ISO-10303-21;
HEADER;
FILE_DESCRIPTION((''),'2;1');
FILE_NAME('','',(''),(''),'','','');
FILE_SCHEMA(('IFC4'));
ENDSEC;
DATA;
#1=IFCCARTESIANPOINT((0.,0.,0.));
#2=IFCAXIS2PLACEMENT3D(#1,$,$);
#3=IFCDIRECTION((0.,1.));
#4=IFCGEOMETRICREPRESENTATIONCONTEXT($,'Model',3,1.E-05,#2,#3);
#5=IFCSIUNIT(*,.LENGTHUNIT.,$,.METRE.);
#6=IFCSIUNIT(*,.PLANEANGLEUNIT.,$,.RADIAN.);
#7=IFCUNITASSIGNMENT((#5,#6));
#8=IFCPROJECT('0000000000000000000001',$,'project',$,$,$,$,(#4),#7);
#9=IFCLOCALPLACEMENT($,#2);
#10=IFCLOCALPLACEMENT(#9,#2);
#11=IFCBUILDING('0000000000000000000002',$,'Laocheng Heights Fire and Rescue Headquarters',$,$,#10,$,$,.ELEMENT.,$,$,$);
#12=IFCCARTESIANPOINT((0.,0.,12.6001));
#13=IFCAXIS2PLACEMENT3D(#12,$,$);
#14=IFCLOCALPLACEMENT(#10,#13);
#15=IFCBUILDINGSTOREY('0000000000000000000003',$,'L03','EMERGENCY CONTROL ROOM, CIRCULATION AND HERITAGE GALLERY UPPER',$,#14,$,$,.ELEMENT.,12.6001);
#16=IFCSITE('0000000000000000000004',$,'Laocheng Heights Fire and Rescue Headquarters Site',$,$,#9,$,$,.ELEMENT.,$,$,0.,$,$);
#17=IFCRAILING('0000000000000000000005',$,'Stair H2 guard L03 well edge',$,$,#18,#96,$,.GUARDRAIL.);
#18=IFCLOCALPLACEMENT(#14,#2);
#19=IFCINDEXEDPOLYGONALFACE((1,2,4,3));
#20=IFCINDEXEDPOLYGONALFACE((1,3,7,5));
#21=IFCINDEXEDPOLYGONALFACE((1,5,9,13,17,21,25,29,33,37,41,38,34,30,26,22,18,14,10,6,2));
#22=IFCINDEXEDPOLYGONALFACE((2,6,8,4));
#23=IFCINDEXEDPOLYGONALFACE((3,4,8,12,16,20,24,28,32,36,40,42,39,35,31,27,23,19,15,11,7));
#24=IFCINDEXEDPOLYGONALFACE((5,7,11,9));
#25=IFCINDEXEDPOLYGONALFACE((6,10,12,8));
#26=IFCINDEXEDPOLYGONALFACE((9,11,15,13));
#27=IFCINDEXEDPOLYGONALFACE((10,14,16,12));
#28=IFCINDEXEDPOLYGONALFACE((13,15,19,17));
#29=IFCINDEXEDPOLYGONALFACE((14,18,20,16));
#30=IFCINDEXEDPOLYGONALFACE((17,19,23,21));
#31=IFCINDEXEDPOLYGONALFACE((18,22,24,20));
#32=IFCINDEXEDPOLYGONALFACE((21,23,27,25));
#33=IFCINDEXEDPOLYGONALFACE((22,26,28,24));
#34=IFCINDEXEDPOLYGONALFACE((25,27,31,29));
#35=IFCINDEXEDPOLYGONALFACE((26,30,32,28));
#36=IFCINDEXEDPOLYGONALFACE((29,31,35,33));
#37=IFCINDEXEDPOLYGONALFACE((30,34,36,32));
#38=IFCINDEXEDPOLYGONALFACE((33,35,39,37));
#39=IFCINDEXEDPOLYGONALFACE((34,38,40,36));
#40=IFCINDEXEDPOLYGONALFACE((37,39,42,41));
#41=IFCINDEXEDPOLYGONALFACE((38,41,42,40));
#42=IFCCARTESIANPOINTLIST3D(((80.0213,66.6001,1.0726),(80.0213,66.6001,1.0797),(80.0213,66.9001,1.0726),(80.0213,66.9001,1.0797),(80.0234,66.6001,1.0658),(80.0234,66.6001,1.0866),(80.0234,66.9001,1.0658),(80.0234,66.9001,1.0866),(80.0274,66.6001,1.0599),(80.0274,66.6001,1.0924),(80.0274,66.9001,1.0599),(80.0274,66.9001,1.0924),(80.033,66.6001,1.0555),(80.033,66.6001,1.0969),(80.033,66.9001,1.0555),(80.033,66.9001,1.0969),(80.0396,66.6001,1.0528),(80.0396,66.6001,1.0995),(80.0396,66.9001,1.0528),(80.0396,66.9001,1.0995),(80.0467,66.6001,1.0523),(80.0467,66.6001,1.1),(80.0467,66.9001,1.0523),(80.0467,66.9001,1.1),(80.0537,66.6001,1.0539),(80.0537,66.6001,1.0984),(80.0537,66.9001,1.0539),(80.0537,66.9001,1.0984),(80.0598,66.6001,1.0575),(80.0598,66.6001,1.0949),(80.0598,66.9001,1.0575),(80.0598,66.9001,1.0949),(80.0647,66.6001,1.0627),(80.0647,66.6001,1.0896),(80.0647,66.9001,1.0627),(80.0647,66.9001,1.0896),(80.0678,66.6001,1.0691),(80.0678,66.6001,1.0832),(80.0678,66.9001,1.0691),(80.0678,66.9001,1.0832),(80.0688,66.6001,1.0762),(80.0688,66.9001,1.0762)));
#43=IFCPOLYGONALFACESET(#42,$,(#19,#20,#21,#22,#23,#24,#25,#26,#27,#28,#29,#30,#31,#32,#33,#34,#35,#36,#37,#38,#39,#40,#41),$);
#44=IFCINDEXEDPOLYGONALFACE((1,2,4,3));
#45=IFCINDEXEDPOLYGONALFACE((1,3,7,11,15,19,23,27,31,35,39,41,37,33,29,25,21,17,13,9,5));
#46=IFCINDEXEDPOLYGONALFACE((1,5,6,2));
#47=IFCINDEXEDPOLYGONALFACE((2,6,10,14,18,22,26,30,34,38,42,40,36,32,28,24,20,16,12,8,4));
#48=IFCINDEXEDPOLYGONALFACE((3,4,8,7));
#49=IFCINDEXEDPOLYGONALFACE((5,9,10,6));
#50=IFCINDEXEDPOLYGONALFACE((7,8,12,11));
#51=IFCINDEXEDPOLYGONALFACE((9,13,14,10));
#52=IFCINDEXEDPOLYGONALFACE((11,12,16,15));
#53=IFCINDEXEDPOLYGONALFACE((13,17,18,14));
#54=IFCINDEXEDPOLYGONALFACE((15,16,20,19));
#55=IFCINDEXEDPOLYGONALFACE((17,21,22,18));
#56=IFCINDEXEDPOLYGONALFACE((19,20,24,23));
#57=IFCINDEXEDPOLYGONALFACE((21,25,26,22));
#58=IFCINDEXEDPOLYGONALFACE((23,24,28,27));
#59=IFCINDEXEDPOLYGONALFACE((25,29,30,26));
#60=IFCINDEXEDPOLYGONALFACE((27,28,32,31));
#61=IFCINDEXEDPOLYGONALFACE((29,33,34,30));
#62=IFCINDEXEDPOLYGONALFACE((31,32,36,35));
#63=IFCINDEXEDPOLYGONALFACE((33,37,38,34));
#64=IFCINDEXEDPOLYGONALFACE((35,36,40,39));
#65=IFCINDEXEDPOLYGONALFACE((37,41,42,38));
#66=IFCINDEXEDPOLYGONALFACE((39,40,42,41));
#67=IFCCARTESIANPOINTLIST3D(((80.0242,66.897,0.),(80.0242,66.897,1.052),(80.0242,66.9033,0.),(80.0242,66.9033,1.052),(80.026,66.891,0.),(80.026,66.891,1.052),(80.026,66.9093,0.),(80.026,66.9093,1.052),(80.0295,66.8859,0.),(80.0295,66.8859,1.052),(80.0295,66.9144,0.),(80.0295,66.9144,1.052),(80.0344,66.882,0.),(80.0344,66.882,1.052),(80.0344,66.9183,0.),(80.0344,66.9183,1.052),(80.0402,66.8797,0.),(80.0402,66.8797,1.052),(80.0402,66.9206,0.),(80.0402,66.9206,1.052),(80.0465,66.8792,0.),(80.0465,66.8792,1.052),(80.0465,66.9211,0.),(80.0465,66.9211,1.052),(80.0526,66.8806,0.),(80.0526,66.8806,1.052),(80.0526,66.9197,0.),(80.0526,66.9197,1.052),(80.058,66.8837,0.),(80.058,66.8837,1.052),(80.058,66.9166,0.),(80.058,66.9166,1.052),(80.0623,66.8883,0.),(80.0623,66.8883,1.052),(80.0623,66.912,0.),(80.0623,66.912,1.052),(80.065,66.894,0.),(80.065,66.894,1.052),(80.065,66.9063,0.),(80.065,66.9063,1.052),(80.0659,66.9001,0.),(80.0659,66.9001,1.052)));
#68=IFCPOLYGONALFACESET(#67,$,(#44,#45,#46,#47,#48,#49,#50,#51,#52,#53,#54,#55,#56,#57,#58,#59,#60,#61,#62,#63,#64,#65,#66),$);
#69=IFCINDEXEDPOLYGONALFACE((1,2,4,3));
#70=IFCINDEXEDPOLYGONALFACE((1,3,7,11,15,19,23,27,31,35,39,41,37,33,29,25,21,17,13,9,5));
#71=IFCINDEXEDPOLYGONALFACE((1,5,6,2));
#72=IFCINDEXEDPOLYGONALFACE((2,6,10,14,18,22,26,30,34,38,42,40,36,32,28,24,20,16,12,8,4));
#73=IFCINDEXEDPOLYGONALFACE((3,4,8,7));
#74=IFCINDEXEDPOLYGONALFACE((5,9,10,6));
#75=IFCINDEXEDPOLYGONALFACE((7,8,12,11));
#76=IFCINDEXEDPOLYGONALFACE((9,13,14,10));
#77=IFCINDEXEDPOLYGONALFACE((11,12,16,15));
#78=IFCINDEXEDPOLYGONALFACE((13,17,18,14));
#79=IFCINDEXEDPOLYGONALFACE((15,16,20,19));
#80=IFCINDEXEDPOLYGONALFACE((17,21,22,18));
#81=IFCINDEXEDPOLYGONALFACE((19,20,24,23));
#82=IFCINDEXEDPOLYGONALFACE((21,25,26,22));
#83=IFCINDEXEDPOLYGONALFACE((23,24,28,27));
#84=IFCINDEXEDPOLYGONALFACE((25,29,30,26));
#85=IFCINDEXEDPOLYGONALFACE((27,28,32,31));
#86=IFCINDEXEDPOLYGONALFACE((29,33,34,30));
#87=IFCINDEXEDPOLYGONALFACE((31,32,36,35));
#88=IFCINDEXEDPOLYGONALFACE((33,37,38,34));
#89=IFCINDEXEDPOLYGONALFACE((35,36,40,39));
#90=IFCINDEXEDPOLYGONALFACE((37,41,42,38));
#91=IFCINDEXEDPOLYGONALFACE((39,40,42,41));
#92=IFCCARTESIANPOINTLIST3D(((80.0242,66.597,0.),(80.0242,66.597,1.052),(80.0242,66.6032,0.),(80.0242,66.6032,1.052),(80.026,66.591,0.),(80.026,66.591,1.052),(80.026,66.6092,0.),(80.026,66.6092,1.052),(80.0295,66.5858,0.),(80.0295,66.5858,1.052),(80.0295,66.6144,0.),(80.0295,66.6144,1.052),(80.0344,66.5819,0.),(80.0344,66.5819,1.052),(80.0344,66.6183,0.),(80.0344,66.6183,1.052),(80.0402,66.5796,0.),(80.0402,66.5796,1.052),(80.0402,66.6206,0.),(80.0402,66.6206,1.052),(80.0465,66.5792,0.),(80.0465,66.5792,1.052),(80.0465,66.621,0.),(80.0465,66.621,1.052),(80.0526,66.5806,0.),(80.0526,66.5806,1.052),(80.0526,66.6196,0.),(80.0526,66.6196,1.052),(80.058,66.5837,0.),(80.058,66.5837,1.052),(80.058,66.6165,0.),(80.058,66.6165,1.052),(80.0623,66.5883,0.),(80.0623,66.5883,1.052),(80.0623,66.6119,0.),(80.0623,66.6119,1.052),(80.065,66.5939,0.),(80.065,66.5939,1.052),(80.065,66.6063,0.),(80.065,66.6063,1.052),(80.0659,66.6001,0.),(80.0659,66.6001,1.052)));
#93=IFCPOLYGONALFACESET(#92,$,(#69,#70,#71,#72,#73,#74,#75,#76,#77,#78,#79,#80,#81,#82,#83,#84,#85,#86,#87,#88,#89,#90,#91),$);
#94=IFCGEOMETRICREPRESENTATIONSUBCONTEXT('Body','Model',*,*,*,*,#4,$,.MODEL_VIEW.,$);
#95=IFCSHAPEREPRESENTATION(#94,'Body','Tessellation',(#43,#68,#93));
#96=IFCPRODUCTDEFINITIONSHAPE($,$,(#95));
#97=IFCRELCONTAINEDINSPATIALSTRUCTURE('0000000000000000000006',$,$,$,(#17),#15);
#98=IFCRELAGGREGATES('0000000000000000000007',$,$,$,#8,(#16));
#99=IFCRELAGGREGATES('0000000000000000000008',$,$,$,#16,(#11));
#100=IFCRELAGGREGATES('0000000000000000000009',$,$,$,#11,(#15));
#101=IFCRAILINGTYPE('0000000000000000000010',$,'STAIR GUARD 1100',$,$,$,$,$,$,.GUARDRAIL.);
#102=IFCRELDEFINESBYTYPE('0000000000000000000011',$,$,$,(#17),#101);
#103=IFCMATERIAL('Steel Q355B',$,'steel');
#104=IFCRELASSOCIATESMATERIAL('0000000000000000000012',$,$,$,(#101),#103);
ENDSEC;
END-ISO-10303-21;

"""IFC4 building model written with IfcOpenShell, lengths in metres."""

from ifc_helpers import new_model, si_unit, direction, frame, origin, origin_2d, place, context, subcontext, project, spatial, circle, extrude, material, type_object, element, save


model = new_model("IFC4")

# Units and contexts
model_context = context("Model", 3, precision=1e-05, world=origin(), true_north=direction((0.0, 1.0)))
body_context = subcontext(model_context, "Body", "Model", "MODEL_VIEW")
ifc_project = project(units=[si_unit("LENGTHUNIT", "METRE"), si_unit("PLANEANGLEUNIT", "RADIAN")], contexts=[model_context])

# Site, building, storey
site_placement = place(None, origin())
site = spatial("IfcSite", under=ifc_project, at=site_placement, Name="Laocheng Heights Fire and Rescue Headquarters Site", CompositionType="ELEMENT", RefElevation=0.0)
building_placement = place(site_placement, origin())
building = spatial("IfcBuilding", under=site, at=building_placement, Name="Laocheng Heights Fire and Rescue Headquarters", CompositionType="ELEMENT")
storey_placement = place(building_placement, frame((0.0, 0.0, 12.6001)))
storey = spatial("IfcBuildingStorey", under=building, at=storey_placement, Name="L03", Description="EMERGENCY CONTROL ROOM, CIRCULATION AND HERITAGE GALLERY UPPER", CompositionType="ELEMENT", Elevation=12.6001)

# Railing
ifc_material_1 = material(Name="Steel Q355B", Category="steel")
railing_type_1 = type_object("IfcRailingType", Name="STAIR GUARD 1100", PredefinedType="GUARDRAIL", material=ifc_material_1)
railing_1_placement = place(storey_placement, frame((80.0449, 66.9001, 0.0)))
element("IfcRailing", 1, at=railing_1_placement, inside=storey, type_object=railing_type_1, Name="Stair H2 guard L03 well edge", PredefinedType="GUARDRAIL", context=body_context, shape_type="SweptSolid", body=[
    extrude(circle(Radius=0.0239, at=origin_2d()), frame((0.0, 0.0, 1.0762), z_axis=(0.0, -1.0, 0.0), x_axis=(1.0, 0.0, 0.0)), (0.0, 0.0, 1.0), 0.3),
    extrude(circle(Radius=0.021, at=origin_2d()), origin(), (0.0, 0.0, 1.0), 1.052),
    extrude(circle(Radius=0.021, at=origin_2d()), frame((0.0, -0.3, 0.0)), (0.0, 0.0, 1.0), 1.052),
])

save(model, "model.ifc")
